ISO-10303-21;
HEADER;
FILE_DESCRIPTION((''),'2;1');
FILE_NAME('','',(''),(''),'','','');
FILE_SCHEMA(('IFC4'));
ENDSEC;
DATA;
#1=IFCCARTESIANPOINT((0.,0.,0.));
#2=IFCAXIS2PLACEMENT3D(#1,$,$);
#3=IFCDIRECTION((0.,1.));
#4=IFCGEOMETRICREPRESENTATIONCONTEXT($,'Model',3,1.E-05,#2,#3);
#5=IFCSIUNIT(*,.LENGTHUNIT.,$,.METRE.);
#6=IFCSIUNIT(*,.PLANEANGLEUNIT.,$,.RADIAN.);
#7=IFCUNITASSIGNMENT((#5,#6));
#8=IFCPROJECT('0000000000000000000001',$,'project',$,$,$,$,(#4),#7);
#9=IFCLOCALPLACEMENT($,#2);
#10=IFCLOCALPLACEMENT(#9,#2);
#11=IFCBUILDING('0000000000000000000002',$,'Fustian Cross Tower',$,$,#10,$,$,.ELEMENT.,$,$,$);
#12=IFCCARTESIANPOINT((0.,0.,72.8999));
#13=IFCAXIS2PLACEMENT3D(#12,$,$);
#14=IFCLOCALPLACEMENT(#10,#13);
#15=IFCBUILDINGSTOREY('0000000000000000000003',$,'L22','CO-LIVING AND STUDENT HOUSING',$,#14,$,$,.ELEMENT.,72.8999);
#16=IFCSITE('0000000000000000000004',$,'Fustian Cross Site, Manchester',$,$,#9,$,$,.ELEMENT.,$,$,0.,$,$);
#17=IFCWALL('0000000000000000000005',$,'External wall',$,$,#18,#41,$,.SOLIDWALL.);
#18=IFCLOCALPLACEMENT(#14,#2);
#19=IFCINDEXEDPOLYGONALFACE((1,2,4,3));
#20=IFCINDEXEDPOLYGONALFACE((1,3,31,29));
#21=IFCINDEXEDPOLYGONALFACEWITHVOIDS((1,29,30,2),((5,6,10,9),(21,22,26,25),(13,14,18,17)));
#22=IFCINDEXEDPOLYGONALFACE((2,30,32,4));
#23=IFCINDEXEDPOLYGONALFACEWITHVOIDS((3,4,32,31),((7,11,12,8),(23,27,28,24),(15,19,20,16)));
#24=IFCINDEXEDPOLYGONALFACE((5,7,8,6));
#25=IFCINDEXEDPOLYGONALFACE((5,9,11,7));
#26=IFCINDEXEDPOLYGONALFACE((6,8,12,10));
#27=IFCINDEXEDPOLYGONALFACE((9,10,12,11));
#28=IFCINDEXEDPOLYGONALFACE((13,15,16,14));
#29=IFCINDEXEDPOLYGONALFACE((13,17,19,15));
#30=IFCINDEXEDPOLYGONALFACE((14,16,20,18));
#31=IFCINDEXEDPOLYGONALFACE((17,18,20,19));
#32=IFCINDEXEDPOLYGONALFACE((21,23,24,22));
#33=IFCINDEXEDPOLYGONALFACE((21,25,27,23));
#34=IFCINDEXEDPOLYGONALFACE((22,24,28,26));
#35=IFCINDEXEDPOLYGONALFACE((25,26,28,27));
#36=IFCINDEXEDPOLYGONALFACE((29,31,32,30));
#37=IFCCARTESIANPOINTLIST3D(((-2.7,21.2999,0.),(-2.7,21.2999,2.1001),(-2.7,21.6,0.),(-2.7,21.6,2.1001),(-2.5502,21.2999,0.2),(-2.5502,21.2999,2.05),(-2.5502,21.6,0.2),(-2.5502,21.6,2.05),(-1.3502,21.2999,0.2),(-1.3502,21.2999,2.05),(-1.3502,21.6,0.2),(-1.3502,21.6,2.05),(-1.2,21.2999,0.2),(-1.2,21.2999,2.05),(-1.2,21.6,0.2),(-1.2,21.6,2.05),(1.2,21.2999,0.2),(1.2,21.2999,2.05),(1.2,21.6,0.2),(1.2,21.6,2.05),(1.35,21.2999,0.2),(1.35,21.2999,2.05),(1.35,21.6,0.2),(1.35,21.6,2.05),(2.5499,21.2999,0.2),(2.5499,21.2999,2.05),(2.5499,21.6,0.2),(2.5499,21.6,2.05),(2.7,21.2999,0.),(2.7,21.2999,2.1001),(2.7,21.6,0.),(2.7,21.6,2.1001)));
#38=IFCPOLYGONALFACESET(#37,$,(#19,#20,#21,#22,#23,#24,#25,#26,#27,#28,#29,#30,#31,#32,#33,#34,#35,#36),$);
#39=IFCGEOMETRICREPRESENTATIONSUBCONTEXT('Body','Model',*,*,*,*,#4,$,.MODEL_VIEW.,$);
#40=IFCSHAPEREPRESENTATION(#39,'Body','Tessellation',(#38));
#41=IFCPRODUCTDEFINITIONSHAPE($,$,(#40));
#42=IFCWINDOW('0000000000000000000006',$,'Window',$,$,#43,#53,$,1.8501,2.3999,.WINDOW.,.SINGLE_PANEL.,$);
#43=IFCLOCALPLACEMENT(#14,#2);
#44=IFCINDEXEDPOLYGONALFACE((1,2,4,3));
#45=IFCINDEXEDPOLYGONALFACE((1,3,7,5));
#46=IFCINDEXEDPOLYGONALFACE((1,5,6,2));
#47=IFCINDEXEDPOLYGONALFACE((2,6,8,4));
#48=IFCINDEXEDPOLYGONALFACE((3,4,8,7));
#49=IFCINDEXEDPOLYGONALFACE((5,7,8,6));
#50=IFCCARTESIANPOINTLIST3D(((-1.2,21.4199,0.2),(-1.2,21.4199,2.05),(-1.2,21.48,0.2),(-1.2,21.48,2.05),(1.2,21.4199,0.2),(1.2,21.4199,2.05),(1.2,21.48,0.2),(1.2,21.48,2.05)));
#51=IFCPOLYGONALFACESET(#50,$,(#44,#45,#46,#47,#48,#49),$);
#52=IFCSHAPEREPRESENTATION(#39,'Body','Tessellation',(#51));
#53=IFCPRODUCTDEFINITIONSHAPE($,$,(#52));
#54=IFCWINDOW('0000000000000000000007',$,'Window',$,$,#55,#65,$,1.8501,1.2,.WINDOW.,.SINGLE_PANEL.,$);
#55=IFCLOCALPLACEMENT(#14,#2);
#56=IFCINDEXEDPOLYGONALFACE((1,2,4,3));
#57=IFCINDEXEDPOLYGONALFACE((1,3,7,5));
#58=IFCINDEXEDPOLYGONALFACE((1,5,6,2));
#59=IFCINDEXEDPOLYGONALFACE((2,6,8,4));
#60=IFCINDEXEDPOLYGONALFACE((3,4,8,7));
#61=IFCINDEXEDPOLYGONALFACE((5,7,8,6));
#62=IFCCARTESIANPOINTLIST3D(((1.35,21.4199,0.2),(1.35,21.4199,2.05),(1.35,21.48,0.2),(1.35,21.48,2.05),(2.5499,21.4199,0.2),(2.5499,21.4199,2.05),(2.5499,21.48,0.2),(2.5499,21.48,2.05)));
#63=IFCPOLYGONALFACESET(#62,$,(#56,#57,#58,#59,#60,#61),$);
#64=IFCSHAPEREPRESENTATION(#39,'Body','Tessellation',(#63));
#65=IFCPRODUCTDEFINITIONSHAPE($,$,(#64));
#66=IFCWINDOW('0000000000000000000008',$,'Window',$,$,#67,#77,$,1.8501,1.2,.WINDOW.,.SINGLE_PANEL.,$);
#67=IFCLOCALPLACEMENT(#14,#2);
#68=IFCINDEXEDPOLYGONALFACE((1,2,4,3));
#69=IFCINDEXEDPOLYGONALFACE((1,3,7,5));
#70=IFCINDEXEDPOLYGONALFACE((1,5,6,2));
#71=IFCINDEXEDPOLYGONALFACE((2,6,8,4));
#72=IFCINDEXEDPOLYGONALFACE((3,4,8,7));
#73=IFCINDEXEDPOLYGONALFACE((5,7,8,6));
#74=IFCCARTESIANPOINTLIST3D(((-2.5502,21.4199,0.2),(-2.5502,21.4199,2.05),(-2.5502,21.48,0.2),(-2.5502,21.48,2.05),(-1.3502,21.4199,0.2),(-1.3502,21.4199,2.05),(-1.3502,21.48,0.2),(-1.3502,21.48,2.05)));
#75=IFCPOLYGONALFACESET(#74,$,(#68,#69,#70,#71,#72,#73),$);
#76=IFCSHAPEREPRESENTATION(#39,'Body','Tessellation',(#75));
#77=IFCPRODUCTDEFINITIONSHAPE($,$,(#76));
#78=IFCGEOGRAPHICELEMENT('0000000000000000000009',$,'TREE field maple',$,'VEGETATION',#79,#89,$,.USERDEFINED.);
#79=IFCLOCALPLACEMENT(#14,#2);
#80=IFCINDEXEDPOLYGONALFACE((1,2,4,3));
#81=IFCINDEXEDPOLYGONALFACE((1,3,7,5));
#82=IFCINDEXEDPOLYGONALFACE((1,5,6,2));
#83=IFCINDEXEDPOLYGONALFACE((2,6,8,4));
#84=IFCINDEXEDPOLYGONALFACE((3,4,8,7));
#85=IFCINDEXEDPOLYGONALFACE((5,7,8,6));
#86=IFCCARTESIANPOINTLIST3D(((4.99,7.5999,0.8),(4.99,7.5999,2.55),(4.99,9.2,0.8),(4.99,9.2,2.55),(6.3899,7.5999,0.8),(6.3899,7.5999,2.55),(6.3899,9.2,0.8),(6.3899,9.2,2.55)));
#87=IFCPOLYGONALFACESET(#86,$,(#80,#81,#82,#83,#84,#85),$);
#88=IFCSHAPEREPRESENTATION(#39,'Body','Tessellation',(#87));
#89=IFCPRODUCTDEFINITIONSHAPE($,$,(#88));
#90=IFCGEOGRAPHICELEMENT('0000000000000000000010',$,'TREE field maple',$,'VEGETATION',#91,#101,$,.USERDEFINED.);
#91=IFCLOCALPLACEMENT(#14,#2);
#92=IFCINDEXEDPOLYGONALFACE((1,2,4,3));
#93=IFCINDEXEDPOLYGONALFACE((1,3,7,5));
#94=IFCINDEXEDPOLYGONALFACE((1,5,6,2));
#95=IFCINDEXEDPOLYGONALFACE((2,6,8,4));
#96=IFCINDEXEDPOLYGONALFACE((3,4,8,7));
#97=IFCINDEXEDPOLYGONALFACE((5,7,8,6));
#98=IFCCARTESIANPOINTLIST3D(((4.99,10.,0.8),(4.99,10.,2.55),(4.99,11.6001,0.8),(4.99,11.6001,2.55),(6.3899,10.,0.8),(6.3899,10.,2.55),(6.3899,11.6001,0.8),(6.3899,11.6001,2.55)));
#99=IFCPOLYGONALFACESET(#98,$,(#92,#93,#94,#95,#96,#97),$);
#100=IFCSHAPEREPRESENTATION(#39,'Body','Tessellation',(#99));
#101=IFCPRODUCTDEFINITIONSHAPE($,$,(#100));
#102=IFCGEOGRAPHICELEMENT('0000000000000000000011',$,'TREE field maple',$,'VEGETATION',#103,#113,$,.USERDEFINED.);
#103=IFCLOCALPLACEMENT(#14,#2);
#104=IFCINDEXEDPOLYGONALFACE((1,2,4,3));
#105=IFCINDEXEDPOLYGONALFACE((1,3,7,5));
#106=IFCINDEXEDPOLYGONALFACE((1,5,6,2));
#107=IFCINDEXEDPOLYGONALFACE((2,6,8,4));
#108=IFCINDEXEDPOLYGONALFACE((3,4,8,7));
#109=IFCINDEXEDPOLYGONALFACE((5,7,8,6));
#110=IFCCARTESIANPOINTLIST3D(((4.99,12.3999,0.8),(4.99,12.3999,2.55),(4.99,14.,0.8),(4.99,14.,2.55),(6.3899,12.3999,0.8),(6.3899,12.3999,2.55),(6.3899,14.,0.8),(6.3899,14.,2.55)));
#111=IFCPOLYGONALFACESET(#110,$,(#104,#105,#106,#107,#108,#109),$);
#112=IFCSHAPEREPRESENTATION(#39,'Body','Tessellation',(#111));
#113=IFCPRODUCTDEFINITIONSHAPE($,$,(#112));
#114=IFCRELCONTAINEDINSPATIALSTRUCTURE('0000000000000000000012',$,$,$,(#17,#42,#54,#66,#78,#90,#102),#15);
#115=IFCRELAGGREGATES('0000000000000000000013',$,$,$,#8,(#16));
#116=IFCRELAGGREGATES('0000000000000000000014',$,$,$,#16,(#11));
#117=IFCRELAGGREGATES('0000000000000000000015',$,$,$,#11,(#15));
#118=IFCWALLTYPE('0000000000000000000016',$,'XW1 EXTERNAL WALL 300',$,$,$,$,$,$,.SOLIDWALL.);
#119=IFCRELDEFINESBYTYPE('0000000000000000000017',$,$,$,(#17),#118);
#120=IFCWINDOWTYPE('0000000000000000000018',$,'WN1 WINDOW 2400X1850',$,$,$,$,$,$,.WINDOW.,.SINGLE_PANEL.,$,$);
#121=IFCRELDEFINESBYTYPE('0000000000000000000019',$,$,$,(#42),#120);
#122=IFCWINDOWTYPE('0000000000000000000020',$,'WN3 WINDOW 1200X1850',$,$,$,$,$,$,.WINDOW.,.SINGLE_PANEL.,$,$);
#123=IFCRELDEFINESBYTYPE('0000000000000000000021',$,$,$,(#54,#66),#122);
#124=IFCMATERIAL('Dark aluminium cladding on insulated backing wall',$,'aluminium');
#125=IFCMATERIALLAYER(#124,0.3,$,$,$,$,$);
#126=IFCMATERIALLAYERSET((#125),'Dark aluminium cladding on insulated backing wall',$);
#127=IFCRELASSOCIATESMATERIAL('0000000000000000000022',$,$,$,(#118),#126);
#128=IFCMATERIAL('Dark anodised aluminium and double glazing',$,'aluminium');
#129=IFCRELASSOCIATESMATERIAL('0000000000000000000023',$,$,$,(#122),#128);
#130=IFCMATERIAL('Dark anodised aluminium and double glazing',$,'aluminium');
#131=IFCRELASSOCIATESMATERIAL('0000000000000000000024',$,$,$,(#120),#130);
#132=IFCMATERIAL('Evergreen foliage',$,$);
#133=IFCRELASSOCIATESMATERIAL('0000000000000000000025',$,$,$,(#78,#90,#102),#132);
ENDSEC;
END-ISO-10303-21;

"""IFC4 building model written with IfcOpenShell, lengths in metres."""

from ifc_helpers import new_model, si_unit, direction, frame, frame_2d, origin, origin_2d, place, context, subcontext, project, spatial, rectangle, extrude, material, layer, layer_set, type_object, element, fill, save


model = new_model("IFC4")

# Units and contexts
model_context = context("Model", 3, precision=1e-05, world=origin(), true_north=direction((0.0, 1.0)))
body_context = subcontext(model_context, "Body", "Model", "MODEL_VIEW")
ifc_project = project(units=[si_unit("LENGTHUNIT", "METRE"), si_unit("PLANEANGLEUNIT", "RADIAN")], contexts=[model_context])

# Site, building, storey
site_placement = place(None, origin())
site = spatial("IfcSite", under=ifc_project, at=site_placement, Name="Fustian Cross Site, Manchester", CompositionType="ELEMENT", RefElevation=0.0)
building_placement = place(site_placement, origin())
building = spatial("IfcBuilding", under=site, at=building_placement, Name="Fustian Cross Tower", CompositionType="ELEMENT")
storey_placement = place(building_placement, frame((0.0, 0.0, 72.8999)))
storey = spatial("IfcBuildingStorey", under=building, at=storey_placement, Name="L22", Description="CO-LIVING AND STUDENT HOUSING", CompositionType="ELEMENT", Elevation=72.8999)

# Shared definitions
ifc_material_1 = material(Name="Dark aluminium cladding on insulated backing wall", Category="aluminium")
ifc_layer_1 = layer(ifc_material_1, 0.3)
ifc_layer_set_1 = layer_set([ifc_layer_1], Name="Dark aluminium cladding on insulated backing wall")
wall_type_1 = type_object("IfcWallType", Name="XW1 EXTERNAL WALL 300", PredefinedType="SOLIDWALL", material=ifc_layer_set_1)

# Shared definitions
ifc_material_2 = material(Name="Dark anodised aluminium and double glazing", Category="aluminium")
window_type_1 = type_object("IfcWindowType", Name="WN3 WINDOW 1200X1850", PartitioningType="SINGLE_PANEL", PredefinedType="WINDOW", material=ifc_material_2)

# Wall, openings, windows
wall_1_placement = place(storey_placement, frame((2.7, 21.45, 0.0), z_axis=(0.0, 0.0, 1.0), x_axis=(-1.0, 0.0, 0.0)))
wall_1 = element("IfcWall", 1, at=wall_1_placement, inside=storey, type_object=wall_type_1, Name="External wall", PredefinedType="SOLIDWALL", context=body_context, shape_type="SweptSolid", body=[
    extrude(rectangle(XDim=5.3999, YDim=0.3, at=frame_2d((2.7, 0.0))), origin(), (0.0, 0.0, 1.0), 2.1001),
])
opening_1_placement = place(wall_1_placement, frame((1.5, 0.0, 0.2)))
opening_1 = element("IfcOpeningElement", 2, at=opening_1_placement, cuts=wall_1, PredefinedType="OPENING", context=body_context, shape_type="SweptSolid", body=[
    extrude(rectangle(XDim=2.3999, YDim=1.8501, at=frame_2d((1.2, 0.925))), frame((0.0, 0.1599, 0.0), z_axis=(0.0, -1.0, 0.0), x_axis=(1.0, 0.0, 0.0)), (0.0, 0.0, 1.0), 0.3201),
])
opening_2_placement = place(wall_1_placement, frame((0.1499, 0.0, 0.2)))
opening_2 = element("IfcOpeningElement", 3, at=opening_2_placement, cuts=wall_1, PredefinedType="OPENING", context=body_context, shape_type="SweptSolid", body=[
    extrude(rectangle(XDim=1.2, YDim=1.8501, at=frame_2d((0.6001, 0.925))), frame((0.0, 0.1599, 0.0), z_axis=(0.0, -1.0, 0.0), x_axis=(1.0, 0.0, 0.0)), (0.0, 0.0, 1.0), 0.3201),
])
opening_3_placement = place(wall_1_placement, frame((4.05, 0.0, 0.2)))
opening_3 = element("IfcOpeningElement", 4, at=opening_3_placement, cuts=wall_1, PredefinedType="OPENING", context=body_context, shape_type="SweptSolid", body=[
    extrude(rectangle(XDim=1.2, YDim=1.8501, at=frame_2d((0.6001, 0.925))), frame((0.0, 0.1599, 0.0), z_axis=(0.0, -1.0, 0.0), x_axis=(1.0, 0.0, 0.0)), (0.0, 0.0, 1.0), 0.3201),
])
ifc_material_3 = material(Name="Dark anodised aluminium and double glazing", Category="aluminium")
window_type_2 = type_object("IfcWindowType", Name="WN1 WINDOW 2400X1850", PartitioningType="SINGLE_PANEL", PredefinedType="WINDOW", material=ifc_material_3)
window_1_placement = place(opening_1_placement, origin())
window_1 = element("IfcWindow", 5, at=window_1_placement, inside=storey, type_object=window_type_2, Name="Window", OverallHeight=1.8501, OverallWidth=2.3999, PartitioningType="SINGLE_PANEL", PredefinedType="WINDOW", context=body_context, shape_type="SweptSolid", body=[
    extrude(rectangle(XDim=2.3999, YDim=1.8501, at=frame_2d((1.2, 0.925))), frame((0.0, 0.03, 0.0), z_axis=(0.0, -1.0, 0.0), x_axis=(1.0, 0.0, 0.0)), (0.0, 0.0, 1.0), 0.0601),
])
fill(opening_1, window_1)
window_2_placement = place(opening_2_placement, origin())
window_2 = element("IfcWindow", 6, at=window_2_placement, inside=storey, type_object=window_type_1, Name="Window", OverallHeight=1.8501, OverallWidth=1.2, PartitioningType="SINGLE_PANEL", PredefinedType="WINDOW", context=body_context, shape_type="SweptSolid", body=[
    extrude(rectangle(XDim=1.2, YDim=1.8501, at=frame_2d((0.6001, 0.925))), frame((0.0, 0.03, 0.0), z_axis=(0.0, -1.0, 0.0), x_axis=(1.0, 0.0, 0.0)), (0.0, 0.0, 1.0), 0.0601),
])
fill(opening_2, window_2)
window_3_placement = place(opening_3_placement, origin())
window_3 = element("IfcWindow", 7, at=window_3_placement, inside=storey, type_object=window_type_1, Name="Window", OverallHeight=1.8501, OverallWidth=1.2, PartitioningType="SINGLE_PANEL", PredefinedType="WINDOW", context=body_context, shape_type="SweptSolid", body=[
    extrude(rectangle(XDim=1.2, YDim=1.8501, at=frame_2d((0.6001, 0.925))), frame((0.0, 0.03, 0.0), z_axis=(0.0, -1.0, 0.0), x_axis=(1.0, 0.0, 0.0)), (0.0, 0.0, 1.0), 0.0601),
])
fill(opening_3, window_3)

# Geographic elements
ifc_material_4 = material(Name="Evergreen foliage")
for number, where, z_axis, x_axis, name in (
    (8, (5.6899, 8.3999, 0.8), (0.0, 0.0, 1.0), (1.0, 0.0, 0.0), "TREE field maple"),
    (9, (5.6899, 10.8, 0.8), (0.0, 0.0, 1.0), (1.0, 0.0, 0.0), "TREE field maple"),
    (10, (5.6899, 13.2, 0.8), (0.0, 0.0, 1.0), (1.0, 0.0, 0.0), "TREE field maple"),
):
    element("IfcGeographicElement", number, at=place(storey_placement, frame(where, z_axis=z_axis, x_axis=x_axis)), inside=storey, material=ifc_material_4, Name=name, ObjectType="VEGETATION", PredefinedType="USERDEFINED", context=body_context, shape_type="SweptSolid", body=[
        extrude(rectangle(XDim=1.3999, YDim=1.6001, at=origin_2d()), origin(), (0.0, 0.0, 1.0), 1.75),
    ])

save(model, "model.ifc")
